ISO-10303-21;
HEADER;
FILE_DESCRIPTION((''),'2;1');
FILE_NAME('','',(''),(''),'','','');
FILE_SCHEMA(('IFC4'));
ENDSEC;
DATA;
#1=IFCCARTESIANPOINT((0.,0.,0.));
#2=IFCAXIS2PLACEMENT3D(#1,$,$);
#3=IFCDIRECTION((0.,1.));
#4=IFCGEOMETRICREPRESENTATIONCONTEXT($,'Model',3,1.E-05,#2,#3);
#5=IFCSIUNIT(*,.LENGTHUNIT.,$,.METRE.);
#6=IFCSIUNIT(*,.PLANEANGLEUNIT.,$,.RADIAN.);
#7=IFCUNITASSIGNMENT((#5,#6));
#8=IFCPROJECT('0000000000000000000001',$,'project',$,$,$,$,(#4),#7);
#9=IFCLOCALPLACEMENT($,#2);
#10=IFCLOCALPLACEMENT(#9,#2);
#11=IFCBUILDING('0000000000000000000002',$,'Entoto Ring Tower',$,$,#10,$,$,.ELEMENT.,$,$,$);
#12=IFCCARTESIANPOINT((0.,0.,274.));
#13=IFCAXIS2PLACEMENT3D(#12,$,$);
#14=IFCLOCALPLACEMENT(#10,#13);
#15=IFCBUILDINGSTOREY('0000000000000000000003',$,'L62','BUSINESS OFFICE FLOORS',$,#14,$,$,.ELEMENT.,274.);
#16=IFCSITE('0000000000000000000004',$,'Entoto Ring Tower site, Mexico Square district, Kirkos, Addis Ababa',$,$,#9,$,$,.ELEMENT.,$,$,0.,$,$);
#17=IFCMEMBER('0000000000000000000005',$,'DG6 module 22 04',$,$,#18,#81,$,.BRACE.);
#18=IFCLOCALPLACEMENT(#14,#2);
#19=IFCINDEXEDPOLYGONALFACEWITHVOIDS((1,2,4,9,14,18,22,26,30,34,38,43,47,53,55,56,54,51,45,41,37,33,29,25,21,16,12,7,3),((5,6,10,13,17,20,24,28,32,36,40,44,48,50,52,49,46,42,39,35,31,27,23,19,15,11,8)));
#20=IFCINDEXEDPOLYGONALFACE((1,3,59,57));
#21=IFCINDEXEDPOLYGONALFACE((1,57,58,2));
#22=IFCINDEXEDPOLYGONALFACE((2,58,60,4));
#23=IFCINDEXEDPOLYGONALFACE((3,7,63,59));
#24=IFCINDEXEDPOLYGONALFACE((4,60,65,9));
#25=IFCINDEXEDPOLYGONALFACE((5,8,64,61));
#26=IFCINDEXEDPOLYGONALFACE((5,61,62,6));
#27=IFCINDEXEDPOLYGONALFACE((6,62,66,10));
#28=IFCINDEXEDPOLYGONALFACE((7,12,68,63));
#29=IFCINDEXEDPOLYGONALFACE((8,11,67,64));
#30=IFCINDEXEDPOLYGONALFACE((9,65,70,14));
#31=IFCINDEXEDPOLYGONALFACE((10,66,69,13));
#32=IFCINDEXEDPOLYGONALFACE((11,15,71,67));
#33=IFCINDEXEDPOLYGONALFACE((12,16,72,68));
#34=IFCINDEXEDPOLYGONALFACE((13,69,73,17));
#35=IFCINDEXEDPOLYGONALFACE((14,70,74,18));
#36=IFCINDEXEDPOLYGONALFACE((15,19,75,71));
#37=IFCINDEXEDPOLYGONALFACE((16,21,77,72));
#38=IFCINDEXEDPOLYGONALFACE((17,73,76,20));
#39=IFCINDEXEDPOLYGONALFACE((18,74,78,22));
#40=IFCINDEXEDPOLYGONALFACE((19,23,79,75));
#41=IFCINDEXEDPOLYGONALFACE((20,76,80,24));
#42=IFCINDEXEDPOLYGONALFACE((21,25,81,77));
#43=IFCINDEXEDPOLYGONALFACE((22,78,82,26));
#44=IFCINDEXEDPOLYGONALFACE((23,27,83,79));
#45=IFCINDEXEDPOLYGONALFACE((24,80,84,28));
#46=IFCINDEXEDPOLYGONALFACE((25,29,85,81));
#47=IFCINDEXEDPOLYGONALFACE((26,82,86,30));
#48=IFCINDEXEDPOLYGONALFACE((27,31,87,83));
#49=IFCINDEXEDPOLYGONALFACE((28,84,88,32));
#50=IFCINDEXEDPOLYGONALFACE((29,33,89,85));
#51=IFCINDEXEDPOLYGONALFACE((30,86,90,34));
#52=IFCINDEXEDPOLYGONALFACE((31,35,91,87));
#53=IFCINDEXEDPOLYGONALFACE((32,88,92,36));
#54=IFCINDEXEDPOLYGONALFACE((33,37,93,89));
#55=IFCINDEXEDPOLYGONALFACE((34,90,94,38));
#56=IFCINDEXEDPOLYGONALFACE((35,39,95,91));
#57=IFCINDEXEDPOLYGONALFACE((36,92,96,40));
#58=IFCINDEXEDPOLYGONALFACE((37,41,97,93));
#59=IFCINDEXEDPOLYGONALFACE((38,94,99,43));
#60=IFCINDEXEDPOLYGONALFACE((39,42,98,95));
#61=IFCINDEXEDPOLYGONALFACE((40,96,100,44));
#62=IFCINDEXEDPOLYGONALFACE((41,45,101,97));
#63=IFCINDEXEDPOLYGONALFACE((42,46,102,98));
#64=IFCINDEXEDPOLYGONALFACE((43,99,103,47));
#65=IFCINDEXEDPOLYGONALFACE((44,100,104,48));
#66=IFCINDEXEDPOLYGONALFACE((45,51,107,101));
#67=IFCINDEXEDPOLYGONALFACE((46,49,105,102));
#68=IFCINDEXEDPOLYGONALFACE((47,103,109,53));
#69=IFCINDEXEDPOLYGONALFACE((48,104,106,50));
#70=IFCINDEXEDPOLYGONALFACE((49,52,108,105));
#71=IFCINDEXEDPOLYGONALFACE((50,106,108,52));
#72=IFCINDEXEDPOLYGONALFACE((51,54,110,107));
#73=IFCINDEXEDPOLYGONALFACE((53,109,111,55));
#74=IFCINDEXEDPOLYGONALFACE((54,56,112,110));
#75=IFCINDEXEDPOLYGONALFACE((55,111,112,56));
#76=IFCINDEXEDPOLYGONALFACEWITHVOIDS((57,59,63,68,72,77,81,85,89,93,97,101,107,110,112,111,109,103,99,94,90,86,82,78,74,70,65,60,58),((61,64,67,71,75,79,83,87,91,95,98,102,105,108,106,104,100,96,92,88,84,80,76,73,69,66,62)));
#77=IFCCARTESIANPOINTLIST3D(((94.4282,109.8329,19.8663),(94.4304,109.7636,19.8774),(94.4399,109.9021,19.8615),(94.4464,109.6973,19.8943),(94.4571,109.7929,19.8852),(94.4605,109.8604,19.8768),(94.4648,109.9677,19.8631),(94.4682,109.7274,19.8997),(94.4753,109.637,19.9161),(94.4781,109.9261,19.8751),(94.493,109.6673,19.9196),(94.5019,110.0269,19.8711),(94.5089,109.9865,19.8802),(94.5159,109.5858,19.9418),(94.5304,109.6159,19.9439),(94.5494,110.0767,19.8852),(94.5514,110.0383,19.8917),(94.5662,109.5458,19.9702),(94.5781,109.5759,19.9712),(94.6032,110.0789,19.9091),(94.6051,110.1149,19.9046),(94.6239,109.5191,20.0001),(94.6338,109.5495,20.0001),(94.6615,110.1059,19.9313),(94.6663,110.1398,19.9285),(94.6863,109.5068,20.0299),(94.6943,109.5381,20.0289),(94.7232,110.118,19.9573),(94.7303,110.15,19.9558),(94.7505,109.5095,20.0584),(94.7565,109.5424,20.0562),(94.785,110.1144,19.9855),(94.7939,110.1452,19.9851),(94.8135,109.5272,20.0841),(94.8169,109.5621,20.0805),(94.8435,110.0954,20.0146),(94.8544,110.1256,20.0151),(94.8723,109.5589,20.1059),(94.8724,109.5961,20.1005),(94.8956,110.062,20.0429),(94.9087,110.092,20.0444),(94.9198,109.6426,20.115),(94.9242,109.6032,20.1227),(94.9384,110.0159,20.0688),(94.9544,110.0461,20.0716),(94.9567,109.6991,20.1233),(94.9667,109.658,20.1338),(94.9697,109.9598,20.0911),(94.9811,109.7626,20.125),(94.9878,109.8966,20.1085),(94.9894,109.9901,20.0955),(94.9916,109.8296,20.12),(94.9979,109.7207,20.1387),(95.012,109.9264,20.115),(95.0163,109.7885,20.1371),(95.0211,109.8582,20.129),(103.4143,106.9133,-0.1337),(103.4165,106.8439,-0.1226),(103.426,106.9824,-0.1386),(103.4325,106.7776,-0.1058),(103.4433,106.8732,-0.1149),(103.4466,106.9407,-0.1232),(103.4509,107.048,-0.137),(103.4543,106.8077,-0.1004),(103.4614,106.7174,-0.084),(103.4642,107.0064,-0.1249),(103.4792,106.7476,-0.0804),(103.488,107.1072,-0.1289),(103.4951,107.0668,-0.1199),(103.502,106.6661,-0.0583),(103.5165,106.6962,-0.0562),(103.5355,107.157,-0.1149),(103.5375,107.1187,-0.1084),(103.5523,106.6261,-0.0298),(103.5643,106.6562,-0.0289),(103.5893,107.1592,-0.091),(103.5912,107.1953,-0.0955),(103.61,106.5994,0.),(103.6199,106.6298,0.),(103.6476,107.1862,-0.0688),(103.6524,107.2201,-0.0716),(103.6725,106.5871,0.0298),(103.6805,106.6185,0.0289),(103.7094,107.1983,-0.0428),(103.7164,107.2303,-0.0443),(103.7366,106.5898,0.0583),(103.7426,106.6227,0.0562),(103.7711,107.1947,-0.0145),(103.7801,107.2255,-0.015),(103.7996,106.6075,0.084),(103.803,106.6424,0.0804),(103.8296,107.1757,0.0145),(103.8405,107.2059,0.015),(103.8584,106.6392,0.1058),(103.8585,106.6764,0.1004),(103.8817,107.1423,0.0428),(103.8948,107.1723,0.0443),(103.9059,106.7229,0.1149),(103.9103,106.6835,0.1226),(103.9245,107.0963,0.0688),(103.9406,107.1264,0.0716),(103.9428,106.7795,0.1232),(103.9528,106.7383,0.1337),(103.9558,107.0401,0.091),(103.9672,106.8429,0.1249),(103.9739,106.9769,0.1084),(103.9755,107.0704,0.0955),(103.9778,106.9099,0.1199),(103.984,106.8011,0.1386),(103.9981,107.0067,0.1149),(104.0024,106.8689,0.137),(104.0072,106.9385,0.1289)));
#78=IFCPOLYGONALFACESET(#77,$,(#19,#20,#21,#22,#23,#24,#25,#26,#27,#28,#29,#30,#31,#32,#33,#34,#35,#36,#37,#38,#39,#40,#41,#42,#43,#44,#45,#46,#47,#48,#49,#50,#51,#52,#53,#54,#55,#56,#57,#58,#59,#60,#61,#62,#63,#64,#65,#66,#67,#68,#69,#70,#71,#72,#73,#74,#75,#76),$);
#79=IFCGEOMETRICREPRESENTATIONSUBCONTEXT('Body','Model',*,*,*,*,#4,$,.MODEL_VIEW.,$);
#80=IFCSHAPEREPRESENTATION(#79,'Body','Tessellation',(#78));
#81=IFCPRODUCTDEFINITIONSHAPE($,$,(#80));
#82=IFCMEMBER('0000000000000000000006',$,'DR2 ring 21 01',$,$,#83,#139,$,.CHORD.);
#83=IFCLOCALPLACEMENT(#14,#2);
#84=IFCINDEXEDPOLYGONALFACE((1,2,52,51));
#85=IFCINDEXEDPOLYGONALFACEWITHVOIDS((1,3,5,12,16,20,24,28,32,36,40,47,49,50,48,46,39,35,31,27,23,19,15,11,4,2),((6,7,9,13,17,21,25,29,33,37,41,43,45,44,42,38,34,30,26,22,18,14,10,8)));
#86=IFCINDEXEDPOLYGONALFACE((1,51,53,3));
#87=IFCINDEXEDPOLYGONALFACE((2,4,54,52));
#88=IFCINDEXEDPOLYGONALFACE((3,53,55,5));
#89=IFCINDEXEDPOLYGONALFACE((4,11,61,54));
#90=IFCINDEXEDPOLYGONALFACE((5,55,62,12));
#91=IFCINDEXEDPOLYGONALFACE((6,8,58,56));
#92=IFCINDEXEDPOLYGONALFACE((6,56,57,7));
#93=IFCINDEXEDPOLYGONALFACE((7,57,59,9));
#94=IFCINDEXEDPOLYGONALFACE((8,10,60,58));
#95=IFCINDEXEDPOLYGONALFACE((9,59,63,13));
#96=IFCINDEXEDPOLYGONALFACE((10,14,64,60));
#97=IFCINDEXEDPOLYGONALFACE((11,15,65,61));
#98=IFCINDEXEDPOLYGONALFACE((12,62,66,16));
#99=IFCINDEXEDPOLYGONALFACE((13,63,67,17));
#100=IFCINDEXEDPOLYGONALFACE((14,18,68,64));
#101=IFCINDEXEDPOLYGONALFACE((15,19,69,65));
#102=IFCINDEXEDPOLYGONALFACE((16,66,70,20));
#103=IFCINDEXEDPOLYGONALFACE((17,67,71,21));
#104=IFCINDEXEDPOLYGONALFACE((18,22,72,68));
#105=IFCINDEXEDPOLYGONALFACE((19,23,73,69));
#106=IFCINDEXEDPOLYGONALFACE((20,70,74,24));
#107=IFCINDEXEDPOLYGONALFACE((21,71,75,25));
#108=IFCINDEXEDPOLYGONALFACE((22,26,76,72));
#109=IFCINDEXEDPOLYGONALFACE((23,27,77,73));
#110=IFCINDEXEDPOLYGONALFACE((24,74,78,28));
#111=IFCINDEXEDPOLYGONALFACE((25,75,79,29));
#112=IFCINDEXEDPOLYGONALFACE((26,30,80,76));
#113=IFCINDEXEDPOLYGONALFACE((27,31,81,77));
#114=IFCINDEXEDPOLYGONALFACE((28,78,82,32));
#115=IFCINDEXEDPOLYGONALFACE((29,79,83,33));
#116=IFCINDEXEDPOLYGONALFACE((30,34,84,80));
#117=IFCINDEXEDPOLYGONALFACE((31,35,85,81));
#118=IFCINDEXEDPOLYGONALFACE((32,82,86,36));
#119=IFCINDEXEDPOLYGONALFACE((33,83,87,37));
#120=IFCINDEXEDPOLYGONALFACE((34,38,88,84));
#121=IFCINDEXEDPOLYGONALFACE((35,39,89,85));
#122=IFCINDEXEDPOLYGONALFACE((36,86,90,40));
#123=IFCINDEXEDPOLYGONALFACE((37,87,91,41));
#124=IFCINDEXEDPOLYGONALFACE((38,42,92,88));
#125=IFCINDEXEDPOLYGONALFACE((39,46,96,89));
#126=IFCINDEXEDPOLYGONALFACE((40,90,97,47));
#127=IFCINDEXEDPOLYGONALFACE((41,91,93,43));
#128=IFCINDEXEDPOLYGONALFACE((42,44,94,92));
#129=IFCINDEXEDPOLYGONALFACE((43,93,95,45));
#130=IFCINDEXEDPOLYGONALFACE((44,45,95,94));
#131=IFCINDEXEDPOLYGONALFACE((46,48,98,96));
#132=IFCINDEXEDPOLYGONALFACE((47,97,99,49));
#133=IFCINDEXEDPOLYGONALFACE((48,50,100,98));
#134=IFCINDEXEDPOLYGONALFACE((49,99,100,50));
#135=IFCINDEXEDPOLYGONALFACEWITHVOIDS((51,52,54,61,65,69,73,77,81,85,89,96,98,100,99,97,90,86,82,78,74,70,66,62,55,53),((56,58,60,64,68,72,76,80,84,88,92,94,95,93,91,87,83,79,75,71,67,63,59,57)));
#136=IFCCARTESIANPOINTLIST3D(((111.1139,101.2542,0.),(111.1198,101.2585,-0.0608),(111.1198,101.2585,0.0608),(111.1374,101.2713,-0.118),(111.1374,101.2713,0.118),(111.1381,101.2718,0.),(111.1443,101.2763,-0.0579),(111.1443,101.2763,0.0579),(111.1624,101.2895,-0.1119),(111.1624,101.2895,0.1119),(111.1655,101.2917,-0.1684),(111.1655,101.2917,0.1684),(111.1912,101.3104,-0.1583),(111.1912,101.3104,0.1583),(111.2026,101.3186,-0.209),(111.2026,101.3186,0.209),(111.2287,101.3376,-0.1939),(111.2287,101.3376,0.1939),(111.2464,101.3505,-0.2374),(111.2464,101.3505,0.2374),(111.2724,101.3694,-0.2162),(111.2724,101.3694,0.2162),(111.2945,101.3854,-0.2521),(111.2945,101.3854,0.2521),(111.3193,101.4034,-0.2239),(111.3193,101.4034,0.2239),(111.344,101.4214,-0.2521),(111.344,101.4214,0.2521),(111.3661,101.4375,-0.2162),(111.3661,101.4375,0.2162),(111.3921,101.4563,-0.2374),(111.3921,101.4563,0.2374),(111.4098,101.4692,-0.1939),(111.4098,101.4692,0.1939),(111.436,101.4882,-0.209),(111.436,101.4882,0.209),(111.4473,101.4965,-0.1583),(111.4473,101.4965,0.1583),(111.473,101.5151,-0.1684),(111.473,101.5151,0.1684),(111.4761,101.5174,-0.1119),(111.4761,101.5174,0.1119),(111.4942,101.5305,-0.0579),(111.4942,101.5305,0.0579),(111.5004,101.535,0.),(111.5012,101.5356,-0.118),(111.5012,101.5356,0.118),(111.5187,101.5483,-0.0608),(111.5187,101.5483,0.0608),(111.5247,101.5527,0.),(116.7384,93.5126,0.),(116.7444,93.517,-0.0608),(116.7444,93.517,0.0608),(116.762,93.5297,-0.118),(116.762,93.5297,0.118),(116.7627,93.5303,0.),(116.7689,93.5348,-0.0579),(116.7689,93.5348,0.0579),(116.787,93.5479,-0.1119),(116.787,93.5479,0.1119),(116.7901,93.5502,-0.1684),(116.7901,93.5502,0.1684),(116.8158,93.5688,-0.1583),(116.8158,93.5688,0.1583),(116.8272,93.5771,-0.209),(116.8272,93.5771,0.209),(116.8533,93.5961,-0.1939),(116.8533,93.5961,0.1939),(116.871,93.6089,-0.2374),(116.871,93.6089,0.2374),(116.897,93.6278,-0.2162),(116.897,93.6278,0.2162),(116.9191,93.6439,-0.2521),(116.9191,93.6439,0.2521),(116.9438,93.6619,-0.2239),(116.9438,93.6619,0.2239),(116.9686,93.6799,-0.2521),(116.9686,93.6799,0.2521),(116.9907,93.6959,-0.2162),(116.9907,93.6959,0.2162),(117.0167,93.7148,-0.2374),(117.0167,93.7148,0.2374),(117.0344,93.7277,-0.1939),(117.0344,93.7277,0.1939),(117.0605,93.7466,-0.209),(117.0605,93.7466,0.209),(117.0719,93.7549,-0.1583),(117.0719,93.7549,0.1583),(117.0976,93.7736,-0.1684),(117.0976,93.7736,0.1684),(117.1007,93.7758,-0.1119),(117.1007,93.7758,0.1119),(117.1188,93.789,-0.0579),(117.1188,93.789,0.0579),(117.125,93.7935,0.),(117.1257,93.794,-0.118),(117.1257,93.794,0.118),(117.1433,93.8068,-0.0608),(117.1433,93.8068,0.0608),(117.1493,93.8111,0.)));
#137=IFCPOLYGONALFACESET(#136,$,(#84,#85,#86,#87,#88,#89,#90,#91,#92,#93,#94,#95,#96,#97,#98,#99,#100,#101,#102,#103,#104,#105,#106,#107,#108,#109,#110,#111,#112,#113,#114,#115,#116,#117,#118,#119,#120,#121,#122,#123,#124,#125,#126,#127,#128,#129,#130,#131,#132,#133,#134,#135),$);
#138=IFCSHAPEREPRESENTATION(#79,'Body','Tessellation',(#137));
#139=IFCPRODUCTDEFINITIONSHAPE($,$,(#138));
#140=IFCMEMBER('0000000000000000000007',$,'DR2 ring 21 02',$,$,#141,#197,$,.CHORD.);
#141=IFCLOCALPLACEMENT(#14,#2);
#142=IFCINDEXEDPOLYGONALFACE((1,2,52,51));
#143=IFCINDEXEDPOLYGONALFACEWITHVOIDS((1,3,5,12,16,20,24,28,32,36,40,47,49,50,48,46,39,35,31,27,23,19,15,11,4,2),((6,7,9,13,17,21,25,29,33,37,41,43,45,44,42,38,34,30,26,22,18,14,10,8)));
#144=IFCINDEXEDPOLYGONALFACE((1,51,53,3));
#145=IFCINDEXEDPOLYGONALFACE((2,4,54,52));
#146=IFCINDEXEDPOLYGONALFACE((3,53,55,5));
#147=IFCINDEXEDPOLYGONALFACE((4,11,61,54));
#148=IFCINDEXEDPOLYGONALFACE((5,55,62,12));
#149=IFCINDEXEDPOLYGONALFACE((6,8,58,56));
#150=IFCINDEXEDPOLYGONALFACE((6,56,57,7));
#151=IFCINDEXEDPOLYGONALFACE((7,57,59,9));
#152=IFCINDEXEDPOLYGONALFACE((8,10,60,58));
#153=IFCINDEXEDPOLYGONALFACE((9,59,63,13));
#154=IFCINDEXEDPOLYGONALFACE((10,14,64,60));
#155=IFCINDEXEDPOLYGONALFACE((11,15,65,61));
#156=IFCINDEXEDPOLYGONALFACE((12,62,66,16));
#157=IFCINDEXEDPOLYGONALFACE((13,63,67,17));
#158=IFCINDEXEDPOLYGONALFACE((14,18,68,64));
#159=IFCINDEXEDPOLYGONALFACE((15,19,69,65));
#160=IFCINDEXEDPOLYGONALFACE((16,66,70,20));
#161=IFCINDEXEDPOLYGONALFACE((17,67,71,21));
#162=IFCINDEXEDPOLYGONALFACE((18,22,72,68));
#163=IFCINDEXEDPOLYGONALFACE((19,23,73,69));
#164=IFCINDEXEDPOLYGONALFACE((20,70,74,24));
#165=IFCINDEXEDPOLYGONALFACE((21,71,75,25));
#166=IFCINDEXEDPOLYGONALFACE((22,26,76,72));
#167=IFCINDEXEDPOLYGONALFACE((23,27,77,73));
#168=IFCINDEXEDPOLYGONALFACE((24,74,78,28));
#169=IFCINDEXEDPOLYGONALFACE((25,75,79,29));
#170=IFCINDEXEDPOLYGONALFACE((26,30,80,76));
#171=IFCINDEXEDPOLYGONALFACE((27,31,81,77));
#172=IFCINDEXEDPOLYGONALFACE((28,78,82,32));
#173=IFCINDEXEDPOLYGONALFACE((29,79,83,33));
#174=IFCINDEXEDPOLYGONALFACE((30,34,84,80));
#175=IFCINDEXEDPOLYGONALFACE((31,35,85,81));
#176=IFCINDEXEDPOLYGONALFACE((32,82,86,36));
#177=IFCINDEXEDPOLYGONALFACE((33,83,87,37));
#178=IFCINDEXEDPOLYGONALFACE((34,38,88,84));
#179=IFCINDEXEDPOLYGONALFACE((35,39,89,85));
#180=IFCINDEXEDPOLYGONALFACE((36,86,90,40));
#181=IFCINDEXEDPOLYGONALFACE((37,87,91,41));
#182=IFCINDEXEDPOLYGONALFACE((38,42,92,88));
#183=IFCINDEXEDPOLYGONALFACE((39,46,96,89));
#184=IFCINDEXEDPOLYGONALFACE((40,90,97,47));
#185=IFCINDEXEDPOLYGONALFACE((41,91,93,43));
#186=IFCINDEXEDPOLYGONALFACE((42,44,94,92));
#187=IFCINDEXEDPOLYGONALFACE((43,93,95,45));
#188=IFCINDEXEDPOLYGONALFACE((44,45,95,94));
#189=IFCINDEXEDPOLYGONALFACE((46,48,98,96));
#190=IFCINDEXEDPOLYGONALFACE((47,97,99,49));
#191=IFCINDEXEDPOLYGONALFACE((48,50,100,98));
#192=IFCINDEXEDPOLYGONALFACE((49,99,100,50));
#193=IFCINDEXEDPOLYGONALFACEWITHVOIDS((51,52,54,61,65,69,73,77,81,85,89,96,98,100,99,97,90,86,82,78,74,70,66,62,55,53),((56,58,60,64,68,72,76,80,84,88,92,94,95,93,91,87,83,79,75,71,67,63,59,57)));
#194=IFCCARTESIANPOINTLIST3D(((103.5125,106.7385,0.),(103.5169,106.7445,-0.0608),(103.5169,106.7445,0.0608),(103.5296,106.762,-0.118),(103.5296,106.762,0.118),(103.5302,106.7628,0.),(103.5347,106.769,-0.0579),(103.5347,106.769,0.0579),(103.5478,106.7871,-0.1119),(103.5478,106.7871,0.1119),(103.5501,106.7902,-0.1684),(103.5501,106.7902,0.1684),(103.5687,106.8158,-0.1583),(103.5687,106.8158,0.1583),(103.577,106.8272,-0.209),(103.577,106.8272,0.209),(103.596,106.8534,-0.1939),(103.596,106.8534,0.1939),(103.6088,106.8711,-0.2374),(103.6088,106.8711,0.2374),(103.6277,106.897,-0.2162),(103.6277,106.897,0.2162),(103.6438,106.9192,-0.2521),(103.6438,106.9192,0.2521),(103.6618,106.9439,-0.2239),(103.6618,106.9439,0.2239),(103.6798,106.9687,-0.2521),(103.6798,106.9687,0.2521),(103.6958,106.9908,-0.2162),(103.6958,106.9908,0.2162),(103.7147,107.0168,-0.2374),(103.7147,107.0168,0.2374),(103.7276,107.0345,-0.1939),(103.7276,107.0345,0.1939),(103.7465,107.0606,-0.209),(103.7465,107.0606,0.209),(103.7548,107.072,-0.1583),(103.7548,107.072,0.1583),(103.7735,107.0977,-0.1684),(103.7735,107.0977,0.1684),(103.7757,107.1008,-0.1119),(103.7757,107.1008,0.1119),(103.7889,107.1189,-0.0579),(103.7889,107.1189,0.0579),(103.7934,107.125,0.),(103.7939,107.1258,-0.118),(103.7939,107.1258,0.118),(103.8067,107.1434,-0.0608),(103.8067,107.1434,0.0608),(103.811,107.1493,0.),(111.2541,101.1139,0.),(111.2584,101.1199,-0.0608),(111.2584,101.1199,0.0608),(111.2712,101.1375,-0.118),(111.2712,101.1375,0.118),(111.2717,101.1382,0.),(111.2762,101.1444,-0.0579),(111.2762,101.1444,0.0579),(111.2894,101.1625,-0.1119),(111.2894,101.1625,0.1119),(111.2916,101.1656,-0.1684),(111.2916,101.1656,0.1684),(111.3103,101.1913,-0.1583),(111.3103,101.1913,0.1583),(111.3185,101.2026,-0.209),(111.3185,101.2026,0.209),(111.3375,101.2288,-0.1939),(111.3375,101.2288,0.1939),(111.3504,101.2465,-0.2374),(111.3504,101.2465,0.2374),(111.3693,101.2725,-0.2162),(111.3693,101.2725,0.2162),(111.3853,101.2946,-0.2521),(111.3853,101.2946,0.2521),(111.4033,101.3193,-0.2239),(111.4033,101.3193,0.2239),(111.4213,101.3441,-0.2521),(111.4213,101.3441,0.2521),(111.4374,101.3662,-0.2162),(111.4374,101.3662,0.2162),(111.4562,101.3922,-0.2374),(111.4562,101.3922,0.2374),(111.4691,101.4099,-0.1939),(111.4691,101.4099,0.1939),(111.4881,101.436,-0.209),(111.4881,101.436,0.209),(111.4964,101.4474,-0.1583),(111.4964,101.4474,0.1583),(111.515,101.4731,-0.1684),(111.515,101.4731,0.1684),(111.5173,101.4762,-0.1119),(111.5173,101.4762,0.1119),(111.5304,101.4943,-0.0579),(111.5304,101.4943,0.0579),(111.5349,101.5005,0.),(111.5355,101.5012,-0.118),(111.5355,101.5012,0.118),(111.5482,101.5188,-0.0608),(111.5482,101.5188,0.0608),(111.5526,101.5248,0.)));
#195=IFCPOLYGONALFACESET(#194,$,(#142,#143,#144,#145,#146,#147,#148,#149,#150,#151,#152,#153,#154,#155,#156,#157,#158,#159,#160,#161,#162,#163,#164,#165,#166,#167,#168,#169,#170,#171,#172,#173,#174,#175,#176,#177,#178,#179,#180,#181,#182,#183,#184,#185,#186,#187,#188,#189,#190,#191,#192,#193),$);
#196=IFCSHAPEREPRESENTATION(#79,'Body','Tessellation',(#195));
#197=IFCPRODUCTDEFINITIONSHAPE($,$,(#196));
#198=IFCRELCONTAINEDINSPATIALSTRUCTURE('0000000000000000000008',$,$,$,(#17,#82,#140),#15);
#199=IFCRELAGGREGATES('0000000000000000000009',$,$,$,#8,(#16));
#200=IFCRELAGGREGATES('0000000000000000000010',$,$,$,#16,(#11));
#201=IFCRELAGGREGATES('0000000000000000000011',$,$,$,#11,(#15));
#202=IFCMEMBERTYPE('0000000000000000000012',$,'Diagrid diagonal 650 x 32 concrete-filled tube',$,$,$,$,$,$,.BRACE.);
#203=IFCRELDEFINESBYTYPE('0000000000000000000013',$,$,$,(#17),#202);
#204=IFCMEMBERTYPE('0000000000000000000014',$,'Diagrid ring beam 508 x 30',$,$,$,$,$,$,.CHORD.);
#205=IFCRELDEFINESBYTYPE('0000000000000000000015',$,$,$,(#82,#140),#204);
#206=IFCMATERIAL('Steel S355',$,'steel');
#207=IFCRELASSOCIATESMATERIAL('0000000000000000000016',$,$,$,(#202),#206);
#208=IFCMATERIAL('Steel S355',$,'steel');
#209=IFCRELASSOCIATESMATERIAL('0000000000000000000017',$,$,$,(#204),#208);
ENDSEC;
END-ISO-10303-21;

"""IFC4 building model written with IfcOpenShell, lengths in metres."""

from ifc_helpers import new_model, si_unit, direction, frame, origin, origin_2d, place, context, subcontext, project, spatial, circle, hollow_circle, extrude, material, material_profile, profile_set, type_object, element, save


model = new_model("IFC4")

# Units and contexts
model_context = context("Model", 3, precision=1e-05, world=origin(), true_north=direction((0.0, 1.0)))
body_context = subcontext(model_context, "Body", "Model", "MODEL_VIEW")
ifc_project = project(units=[si_unit("LENGTHUNIT", "METRE"), si_unit("PLANEANGLEUNIT", "RADIAN")], contexts=[model_context])

# Site, building, storey
site_placement = place(None, origin())
site = spatial("IfcSite", under=ifc_project, at=site_placement, Name="Entoto Ring Tower site, Mexico Square district, Kirkos, Addis Ababa", CompositionType="ELEMENT", RefElevation=0.0)
building_placement = place(site_placement, origin())
building = spatial("IfcBuilding", under=site, at=building_placement, Name="Entoto Ring Tower", CompositionType="ELEMENT")
storey_placement = place(building_placement, frame((0.0, 0.0, 274.0)))
storey = spatial("IfcBuildingStorey", under=building, at=storey_placement, Name="L62", Description="BUSINESS OFFICE FLOORS", CompositionType="ELEMENT", Elevation=274.0)

# Members
ifc_material_1 = material(Name="Steel S355", Category="steel")
ifc_material_profile_1 = material_profile(ifc_material_1, hollow_circle(Radius=0.325, WallThickness=0.032, at=origin_2d()), Name="CHS 650 x 32")
ifc_material_2 = material(Name="Concrete C60/75", Category="concrete")
ifc_material_profile_2 = material_profile(ifc_material_2, circle(Radius=0.293, at=origin_2d()), Name="Concrete C60/75 infill")
ifc_profile_set_1 = profile_set([ifc_material_profile_1, ifc_material_profile_2], Name="Steel S355")
member_type_1 = type_object("IfcMemberType", Name="Diagrid diagonal 650 x 32 concrete-filled tube", PredefinedType="BRACE", material=ifc_profile_set_1)
for number, where, z_axis, x_axis, name in (
    (1, (103.7104, 106.9084, 0.0), (-0.406251, 0.131995, 0.904178), (-0.30901, -0.951059, 0.0), "DG6 module 22 04"),
):
    element("IfcMember", number, at=place(storey_placement, frame(where, z_axis=z_axis, x_axis=x_axis)), inside=storey, type_object=member_type_1, Name=name, PredefinedType="BRACE", context=body_context, shape_type="SweptSolid", body=[
        extrude(hollow_circle(Radius=0.325, WallThickness=0.032, at=origin_2d()), origin(), (0.0, 0.0, 1.0), 22.1196),
    ])
ifc_material_3 = material(Name="Steel S355", Category="steel")
ifc_material_profile_3 = material_profile(ifc_material_3, hollow_circle(Radius=0.2539, WallThickness=0.03, at=origin_2d()), Name="CHS 508 x 30")
ifc_material_4 = material(Name="Concrete C60/75", Category="concrete")
ifc_material_profile_4 = material_profile(ifc_material_4, circle(Radius=0.2241, at=origin_2d()), Name="Concrete C60/75 infill")
ifc_profile_set_2 = profile_set([ifc_material_profile_3, ifc_material_profile_4], Name="Steel S355")
member_type_2 = type_object("IfcMemberType", Name="Diagrid ring beam 508 x 30", PredefinedType="CHORD", material=ifc_profile_set_2)
for number, where, z_axis, x_axis, name in (
    (2, (116.9438, 93.6619, 0.0), (-0.587786, 0.809016, 0.0), (-0.809016, -0.587786, 0.0), "DR2 ring 21 01"),
    (3, (111.4033, 101.3193, 0.0), (-0.809016, 0.587786, 0.0), (-0.587786, -0.809016, 0.0), "DR2 ring 21 02"),
):
    element("IfcMember", number, at=place(storey_placement, frame(where, z_axis=z_axis, x_axis=x_axis)), inside=storey, type_object=member_type_2, Name=name, PredefinedType="CHORD", context=body_context, shape_type="SweptSolid", body=[
        extrude(hollow_circle(Radius=0.2539, WallThickness=0.03, at=origin_2d()), origin(), (0.0, 0.0, 1.0), 9.5691),
    ])

save(model, "model.ifc")
